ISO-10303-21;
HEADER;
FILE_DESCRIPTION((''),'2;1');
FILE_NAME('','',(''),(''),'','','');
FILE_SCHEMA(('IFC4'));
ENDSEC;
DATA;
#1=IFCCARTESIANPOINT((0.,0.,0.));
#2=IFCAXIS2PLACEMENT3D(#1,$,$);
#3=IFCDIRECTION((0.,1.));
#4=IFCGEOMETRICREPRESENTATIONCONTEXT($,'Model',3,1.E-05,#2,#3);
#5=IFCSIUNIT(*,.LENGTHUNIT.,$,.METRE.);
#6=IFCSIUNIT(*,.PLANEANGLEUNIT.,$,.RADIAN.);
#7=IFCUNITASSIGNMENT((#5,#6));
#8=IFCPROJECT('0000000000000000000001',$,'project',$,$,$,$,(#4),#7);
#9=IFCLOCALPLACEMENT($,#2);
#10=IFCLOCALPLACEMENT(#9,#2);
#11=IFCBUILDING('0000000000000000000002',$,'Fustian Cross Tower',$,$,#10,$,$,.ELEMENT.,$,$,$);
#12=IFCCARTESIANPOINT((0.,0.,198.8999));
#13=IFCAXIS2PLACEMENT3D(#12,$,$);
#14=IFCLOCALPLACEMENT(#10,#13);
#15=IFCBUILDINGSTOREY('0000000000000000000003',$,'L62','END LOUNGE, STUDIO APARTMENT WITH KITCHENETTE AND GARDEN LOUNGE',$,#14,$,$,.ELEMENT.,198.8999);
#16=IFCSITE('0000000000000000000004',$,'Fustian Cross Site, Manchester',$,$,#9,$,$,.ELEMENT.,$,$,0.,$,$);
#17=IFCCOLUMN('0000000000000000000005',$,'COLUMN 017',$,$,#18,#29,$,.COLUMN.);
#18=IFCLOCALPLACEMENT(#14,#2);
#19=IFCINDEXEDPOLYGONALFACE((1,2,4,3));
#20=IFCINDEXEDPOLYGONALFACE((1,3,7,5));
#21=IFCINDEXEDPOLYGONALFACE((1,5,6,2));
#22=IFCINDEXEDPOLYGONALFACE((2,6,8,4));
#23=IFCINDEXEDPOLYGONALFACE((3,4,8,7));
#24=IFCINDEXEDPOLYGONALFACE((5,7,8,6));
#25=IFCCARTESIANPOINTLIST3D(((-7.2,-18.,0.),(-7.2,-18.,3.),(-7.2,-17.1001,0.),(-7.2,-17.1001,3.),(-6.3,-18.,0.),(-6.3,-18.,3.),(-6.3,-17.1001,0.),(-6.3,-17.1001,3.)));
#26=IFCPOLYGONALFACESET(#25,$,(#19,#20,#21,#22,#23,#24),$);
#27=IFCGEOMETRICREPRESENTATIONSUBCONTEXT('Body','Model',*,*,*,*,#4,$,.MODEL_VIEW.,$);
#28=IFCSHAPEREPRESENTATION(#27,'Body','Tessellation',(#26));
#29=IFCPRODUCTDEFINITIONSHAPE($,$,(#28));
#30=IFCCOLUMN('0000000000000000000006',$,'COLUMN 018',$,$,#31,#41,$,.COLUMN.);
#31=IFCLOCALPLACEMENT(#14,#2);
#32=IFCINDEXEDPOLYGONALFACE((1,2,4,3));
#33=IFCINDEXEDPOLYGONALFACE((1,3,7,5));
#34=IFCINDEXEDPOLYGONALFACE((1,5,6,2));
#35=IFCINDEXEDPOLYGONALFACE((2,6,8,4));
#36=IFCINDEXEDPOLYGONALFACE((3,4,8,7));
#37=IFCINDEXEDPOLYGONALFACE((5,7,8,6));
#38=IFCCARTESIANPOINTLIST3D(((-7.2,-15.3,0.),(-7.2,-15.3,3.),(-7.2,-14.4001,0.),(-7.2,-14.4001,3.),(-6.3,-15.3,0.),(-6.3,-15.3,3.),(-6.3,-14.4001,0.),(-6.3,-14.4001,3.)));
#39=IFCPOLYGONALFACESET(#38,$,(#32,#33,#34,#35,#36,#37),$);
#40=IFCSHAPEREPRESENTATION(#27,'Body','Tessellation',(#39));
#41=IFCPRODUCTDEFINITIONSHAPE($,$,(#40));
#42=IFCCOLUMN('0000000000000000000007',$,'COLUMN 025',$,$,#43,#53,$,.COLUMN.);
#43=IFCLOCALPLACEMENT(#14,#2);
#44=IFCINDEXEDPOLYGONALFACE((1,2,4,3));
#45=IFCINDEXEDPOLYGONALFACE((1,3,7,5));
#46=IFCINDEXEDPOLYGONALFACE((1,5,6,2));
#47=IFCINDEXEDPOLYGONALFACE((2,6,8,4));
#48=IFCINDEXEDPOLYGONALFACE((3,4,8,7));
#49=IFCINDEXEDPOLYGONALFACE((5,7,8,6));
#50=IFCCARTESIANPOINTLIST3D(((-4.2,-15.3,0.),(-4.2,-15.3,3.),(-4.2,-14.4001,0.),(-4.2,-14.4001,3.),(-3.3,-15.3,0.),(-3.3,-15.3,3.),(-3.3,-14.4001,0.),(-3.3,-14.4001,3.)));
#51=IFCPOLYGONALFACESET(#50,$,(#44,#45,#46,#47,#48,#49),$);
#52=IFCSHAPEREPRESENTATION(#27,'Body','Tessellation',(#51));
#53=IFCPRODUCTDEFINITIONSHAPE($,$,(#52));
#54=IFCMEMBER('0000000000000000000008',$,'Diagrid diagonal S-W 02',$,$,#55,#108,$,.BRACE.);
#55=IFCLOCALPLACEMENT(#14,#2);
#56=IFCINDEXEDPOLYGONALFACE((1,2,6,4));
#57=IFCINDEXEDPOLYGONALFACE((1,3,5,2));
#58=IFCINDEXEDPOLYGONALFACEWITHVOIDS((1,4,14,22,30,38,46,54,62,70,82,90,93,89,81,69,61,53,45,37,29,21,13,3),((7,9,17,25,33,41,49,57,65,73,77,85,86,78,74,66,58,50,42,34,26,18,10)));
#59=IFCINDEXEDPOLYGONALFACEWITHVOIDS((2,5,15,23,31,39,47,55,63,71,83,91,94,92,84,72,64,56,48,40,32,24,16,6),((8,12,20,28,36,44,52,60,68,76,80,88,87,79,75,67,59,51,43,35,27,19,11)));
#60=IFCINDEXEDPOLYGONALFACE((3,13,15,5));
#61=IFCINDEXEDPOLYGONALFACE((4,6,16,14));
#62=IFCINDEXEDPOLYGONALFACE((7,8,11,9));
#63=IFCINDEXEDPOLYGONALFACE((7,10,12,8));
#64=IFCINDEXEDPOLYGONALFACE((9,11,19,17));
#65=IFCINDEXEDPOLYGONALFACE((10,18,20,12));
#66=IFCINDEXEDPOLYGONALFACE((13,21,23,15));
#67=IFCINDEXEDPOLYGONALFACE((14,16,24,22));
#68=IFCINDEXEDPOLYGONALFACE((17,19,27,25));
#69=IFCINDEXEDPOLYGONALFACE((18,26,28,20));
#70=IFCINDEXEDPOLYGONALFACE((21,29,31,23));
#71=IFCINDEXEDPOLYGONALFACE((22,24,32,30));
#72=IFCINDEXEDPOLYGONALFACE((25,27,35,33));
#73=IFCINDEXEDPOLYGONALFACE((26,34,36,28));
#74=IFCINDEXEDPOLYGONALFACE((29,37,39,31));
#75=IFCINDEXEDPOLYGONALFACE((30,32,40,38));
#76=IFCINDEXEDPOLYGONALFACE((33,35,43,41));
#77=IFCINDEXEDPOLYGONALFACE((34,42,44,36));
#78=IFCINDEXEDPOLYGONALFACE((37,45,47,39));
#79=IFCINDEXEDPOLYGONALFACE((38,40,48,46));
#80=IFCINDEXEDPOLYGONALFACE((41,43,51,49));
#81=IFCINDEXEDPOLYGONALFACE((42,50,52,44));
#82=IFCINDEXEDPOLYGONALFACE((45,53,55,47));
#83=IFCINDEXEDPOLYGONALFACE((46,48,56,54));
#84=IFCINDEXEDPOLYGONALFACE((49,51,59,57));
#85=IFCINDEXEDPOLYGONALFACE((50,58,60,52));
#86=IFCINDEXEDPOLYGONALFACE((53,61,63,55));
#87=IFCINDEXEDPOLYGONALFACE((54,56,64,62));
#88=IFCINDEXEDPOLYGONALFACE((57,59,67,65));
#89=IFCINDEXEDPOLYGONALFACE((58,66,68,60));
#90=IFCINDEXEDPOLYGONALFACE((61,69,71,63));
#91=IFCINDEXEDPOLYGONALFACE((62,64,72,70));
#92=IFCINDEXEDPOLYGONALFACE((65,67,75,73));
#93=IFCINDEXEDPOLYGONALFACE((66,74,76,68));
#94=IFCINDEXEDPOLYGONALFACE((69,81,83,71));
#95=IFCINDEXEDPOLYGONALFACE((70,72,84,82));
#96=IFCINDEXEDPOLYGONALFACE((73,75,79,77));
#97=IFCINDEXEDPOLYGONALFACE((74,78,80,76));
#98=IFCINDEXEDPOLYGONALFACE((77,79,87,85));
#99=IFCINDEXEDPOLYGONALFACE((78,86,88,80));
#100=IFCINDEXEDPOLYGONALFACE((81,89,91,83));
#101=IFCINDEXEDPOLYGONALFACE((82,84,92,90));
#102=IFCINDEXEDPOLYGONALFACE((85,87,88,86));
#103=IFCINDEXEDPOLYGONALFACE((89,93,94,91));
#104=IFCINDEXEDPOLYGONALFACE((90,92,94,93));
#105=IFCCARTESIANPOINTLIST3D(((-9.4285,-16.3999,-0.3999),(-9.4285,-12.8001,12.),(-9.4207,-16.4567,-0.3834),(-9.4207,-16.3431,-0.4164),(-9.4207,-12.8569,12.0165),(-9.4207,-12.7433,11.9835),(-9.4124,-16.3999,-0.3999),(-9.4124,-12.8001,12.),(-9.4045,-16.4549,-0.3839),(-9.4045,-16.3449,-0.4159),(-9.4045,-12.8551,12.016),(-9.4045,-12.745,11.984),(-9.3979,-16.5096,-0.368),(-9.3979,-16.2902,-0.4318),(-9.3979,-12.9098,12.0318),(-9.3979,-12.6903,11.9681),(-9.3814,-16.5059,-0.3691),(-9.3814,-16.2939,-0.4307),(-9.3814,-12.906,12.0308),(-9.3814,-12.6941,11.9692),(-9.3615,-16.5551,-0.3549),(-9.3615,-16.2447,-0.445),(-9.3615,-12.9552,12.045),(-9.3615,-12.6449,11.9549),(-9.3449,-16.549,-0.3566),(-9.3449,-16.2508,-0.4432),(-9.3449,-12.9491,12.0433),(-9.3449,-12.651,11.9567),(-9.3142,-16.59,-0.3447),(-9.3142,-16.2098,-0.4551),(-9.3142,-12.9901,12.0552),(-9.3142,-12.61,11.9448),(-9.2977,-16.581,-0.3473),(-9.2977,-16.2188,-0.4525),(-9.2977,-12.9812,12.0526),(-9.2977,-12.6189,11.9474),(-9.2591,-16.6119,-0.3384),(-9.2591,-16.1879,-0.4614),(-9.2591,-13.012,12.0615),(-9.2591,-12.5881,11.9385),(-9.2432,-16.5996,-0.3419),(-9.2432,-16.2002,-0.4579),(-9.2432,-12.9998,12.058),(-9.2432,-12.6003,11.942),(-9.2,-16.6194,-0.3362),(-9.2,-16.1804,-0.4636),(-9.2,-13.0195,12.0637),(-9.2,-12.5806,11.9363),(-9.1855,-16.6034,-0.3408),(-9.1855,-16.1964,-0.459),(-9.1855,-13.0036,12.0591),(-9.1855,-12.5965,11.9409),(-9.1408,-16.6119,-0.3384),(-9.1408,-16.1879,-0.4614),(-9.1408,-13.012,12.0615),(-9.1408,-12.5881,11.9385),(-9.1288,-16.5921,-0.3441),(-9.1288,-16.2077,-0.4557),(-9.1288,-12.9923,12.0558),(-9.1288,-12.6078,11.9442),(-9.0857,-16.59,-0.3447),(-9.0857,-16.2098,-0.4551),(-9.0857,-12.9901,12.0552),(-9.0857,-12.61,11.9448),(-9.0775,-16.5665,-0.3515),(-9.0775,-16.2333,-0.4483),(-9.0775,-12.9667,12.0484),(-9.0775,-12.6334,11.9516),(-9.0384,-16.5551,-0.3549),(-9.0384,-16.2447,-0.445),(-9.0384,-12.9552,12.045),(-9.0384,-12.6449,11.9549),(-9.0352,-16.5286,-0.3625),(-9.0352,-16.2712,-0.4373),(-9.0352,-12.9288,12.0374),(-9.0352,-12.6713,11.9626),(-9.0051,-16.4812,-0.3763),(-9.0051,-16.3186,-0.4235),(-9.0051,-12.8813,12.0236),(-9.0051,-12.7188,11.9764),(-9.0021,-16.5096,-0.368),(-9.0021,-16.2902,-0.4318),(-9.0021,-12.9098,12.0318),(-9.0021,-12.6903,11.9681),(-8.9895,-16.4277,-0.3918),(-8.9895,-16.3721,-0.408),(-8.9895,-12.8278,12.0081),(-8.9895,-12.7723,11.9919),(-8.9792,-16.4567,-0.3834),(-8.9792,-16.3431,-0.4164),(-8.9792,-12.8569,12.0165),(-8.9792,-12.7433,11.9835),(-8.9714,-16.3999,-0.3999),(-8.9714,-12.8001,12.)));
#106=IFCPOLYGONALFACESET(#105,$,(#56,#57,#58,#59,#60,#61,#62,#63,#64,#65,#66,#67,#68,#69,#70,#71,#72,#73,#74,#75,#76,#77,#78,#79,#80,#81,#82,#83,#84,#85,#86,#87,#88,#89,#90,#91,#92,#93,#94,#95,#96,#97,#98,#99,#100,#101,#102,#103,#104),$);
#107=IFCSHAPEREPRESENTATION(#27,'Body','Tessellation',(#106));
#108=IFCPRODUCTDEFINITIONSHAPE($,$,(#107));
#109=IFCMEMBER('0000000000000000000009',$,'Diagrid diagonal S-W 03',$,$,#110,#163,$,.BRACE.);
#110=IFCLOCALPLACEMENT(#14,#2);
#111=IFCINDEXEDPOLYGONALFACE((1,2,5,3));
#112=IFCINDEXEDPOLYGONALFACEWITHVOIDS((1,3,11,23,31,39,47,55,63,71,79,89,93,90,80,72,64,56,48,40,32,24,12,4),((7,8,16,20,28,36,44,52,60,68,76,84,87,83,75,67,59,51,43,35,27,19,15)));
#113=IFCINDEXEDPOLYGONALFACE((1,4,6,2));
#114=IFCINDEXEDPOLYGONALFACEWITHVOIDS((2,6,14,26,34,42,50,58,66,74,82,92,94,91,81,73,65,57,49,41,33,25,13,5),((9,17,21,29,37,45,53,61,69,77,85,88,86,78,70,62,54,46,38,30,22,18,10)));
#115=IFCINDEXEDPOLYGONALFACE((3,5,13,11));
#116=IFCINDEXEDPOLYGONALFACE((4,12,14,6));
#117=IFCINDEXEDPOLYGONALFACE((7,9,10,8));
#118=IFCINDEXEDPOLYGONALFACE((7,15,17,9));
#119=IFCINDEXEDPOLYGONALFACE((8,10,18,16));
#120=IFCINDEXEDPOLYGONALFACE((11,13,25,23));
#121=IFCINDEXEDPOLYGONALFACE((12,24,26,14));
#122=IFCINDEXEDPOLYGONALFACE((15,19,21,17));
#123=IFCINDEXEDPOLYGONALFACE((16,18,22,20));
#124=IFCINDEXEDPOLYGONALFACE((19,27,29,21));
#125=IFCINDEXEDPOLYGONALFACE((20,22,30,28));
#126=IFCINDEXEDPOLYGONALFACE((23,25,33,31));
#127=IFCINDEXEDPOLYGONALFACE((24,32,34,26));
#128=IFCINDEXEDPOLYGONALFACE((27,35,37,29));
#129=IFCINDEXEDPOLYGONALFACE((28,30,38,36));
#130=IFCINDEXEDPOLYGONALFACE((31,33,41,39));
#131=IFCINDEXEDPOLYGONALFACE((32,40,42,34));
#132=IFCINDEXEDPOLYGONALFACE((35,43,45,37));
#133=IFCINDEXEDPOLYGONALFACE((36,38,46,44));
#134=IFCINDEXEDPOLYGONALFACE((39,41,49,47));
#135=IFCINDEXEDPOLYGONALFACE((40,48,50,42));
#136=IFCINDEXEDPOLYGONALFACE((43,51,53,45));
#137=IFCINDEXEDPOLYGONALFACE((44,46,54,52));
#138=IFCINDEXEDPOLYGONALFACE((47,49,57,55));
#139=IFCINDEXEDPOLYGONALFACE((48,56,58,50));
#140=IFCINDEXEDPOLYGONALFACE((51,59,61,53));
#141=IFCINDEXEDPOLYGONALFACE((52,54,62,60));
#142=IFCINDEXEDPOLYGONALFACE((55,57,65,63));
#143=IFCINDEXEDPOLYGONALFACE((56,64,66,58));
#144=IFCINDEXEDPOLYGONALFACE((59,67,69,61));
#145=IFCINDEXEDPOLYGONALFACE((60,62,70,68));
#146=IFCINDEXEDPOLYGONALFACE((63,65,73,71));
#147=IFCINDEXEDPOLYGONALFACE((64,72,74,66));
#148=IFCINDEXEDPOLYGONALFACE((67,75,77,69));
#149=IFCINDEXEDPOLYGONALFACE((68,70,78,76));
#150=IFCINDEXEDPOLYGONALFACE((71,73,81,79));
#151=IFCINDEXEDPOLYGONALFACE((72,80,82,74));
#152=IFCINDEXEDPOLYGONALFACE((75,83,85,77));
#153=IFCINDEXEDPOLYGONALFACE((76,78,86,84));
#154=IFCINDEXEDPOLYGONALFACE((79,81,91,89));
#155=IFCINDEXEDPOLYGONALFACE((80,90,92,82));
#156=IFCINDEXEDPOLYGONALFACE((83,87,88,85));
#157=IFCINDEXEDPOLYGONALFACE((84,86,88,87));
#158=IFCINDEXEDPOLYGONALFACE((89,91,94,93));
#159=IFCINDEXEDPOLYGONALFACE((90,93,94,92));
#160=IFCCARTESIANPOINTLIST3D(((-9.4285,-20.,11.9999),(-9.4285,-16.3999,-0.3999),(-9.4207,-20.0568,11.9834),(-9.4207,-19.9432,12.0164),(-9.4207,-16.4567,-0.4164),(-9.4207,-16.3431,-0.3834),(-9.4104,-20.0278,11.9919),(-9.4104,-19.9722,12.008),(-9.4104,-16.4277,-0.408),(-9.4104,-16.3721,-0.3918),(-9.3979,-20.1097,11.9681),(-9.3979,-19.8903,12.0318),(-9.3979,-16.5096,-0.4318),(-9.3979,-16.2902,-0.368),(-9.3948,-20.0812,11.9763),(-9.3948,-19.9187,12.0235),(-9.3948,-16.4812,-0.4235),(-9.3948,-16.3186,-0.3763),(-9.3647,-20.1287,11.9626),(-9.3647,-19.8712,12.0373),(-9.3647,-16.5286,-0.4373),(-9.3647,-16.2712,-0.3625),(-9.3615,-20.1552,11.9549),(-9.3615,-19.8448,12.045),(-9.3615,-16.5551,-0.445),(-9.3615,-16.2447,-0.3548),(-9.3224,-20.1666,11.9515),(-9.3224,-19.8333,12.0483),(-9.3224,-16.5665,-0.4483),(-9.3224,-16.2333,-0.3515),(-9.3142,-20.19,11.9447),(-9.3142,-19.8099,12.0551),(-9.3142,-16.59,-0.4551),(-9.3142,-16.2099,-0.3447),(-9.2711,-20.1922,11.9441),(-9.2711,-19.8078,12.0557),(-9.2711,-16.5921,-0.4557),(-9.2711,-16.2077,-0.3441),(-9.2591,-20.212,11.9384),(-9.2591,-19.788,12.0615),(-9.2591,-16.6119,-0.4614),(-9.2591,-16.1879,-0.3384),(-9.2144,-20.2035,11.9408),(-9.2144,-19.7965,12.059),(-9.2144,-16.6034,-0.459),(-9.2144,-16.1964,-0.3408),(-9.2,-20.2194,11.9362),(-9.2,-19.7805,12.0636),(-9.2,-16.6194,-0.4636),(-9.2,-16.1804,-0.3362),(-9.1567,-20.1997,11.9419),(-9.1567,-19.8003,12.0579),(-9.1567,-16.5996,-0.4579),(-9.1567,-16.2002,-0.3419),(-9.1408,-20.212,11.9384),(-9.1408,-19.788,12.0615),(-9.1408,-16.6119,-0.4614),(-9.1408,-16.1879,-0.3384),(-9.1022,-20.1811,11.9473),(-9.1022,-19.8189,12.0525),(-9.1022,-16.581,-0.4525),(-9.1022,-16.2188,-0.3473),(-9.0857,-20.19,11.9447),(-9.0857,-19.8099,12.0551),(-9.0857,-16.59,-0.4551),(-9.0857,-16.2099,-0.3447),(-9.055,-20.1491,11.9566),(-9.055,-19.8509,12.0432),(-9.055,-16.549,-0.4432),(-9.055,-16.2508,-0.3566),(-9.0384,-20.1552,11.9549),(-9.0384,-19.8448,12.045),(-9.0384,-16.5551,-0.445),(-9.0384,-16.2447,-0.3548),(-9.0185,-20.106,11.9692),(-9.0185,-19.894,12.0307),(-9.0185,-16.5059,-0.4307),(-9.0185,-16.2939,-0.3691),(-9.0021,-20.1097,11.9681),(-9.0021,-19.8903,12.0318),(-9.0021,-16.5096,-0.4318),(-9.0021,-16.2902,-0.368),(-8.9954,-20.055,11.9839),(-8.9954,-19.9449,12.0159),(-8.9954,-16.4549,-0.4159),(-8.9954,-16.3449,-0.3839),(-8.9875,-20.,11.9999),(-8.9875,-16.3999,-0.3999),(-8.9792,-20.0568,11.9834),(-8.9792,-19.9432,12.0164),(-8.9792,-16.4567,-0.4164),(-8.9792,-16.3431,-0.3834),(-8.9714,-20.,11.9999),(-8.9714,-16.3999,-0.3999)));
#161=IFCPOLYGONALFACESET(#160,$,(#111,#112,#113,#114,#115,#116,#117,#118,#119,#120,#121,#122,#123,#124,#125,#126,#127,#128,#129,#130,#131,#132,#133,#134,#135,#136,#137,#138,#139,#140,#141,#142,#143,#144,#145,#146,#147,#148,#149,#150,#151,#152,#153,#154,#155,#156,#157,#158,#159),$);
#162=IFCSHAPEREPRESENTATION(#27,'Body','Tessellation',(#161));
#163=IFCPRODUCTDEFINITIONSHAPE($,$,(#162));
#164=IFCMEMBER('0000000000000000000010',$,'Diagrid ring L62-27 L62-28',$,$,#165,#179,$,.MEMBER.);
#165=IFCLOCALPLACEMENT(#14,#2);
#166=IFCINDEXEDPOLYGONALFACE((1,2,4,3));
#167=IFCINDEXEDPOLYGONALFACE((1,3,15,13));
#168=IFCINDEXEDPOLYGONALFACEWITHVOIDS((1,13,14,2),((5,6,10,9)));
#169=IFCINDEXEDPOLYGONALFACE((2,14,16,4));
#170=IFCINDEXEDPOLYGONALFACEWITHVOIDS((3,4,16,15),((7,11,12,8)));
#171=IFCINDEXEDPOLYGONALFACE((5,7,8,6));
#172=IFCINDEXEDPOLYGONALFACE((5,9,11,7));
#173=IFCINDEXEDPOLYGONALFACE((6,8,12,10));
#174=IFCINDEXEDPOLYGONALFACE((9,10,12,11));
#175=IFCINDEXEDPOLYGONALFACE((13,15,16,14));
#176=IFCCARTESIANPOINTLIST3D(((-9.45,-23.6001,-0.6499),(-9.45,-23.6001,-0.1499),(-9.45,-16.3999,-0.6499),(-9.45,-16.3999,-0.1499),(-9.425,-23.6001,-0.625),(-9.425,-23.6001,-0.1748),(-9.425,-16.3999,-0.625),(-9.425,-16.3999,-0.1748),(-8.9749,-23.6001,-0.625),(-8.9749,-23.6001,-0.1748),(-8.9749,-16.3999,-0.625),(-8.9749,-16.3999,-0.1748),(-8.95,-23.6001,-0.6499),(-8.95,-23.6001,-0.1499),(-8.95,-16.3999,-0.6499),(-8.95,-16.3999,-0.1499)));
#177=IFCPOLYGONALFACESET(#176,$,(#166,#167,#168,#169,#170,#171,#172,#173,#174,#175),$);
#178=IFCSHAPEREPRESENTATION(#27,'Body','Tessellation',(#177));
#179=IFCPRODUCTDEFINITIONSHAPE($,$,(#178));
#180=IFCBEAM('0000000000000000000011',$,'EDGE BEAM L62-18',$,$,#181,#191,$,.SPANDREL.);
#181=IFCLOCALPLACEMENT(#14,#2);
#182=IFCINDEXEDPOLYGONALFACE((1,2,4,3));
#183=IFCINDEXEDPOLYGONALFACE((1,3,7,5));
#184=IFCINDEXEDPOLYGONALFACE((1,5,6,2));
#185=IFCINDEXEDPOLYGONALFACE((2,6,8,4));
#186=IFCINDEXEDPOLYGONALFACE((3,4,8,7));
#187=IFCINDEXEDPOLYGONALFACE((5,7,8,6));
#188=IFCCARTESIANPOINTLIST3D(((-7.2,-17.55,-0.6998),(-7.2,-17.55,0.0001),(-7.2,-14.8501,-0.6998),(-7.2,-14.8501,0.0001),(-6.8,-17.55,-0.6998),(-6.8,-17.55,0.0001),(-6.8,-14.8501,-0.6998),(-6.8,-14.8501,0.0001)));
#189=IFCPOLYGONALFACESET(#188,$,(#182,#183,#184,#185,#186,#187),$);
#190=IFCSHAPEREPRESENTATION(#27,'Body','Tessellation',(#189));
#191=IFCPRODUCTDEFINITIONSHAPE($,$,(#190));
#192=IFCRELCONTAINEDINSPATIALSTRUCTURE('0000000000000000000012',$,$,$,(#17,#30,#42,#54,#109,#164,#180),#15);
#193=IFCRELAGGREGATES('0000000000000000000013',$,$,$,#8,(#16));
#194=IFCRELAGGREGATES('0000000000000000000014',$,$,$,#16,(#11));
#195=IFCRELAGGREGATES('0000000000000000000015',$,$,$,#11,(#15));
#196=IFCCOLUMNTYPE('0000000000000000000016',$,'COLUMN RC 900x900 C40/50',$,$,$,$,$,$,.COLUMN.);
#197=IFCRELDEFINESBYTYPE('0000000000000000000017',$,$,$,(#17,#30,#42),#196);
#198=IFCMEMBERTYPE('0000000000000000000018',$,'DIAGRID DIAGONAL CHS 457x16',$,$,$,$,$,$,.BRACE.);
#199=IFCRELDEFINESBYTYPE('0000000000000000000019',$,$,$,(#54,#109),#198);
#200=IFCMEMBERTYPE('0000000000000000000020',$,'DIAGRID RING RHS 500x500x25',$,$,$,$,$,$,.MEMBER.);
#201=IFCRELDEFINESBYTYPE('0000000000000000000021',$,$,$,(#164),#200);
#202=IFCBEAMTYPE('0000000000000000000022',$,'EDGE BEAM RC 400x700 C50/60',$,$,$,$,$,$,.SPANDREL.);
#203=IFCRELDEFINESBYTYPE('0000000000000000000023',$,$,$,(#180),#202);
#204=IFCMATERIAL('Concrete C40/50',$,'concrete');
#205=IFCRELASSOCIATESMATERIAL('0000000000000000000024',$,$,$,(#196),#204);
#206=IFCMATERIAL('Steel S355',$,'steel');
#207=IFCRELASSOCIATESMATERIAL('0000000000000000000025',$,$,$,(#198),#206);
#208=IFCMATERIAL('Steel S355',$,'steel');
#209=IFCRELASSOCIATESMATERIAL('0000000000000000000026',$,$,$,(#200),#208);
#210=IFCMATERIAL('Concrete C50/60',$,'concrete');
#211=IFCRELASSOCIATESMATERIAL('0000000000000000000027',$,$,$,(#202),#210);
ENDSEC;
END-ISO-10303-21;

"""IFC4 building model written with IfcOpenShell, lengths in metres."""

from ifc_helpers import new_model, si_unit, direction, frame, origin, origin_2d, place, context, subcontext, project, spatial, rectangle, hollow_rectangle, hollow_circle, extrude, material, material_profile, profile_set, type_object, element, save


model = new_model("IFC4")

# Units and contexts
model_context = context("Model", 3, precision=1e-05, world=origin(), true_north=direction((0.0, 1.0)))
body_context = subcontext(model_context, "Body", "Model", "MODEL_VIEW")
ifc_project = project(units=[si_unit("LENGTHUNIT", "METRE"), si_unit("PLANEANGLEUNIT", "RADIAN")], contexts=[model_context])

# Site, building, storey
site_placement = place(None, origin())
site = spatial("IfcSite", under=ifc_project, at=site_placement, Name="Fustian Cross Site, Manchester", CompositionType="ELEMENT", RefElevation=0.0)
building_placement = place(site_placement, origin())
building = spatial("IfcBuilding", under=site, at=building_placement, Name="Fustian Cross Tower", CompositionType="ELEMENT")
storey_placement = place(building_placement, frame((0.0, 0.0, 198.8999)))
storey = spatial("IfcBuildingStorey", under=building, at=storey_placement, Name="L62", Description="END LOUNGE, STUDIO APARTMENT WITH KITCHENETTE AND GARDEN LOUNGE", CompositionType="ELEMENT", Elevation=198.8999)

# Columns
ifc_material_1 = material(Name="Concrete C40/50", Category="concrete")
ifc_material_profile_1 = material_profile(ifc_material_1, rectangle(XDim=0.8999, YDim=0.8999, at=origin_2d()), Name="RC 900x900")
ifc_profile_set_1 = profile_set([ifc_material_profile_1], Name="Concrete C40/50")
column_type = type_object("IfcColumnType", Name="COLUMN RC 900x900 C40/50", PredefinedType="COLUMN", material=ifc_profile_set_1)
for number, where, z_axis, x_axis, name in (
    (1, (-6.75, -17.55, 0.0), (0.0, 0.0, 1.0), (1.0, 0.0, 0.0), "COLUMN 017"),
    (2, (-6.75, -14.8501, 0.0), (0.0, 0.0, 1.0), (1.0, 0.0, 0.0), "COLUMN 018"),
    (3, (-3.75, -14.8501, 0.0), (0.0, 0.0, 1.0), (1.0, 0.0, 0.0), "COLUMN 025"),
):
    element("IfcColumn", number, at=place(storey_placement, frame(where, z_axis=z_axis, x_axis=x_axis)), inside=storey, type_object=column_type, Name=name, PredefinedType="COLUMN", context=body_context, shape_type="SweptSolid", body=[
        extrude(rectangle(XDim=0.8999, YDim=0.8999, at=origin_2d()), origin(), (0.0, 0.0, 1.0), 3.0),
    ])

# Members
ifc_material_2 = material(Name="Steel S355", Category="steel")
ifc_material_profile_2 = material_profile(ifc_material_2, hollow_circle(Radius=0.2285, WallThickness=0.0161, at=origin_2d()), Name="CHS 457x16")
ifc_profile_set_2 = profile_set([ifc_material_profile_2], Name="Steel S355")
member_type_1 = type_object("IfcMemberType", Name="DIAGRID DIAGONAL CHS 457x16", PredefinedType="BRACE", material=ifc_profile_set_2)
for number, where, z_axis, x_axis, name in (
    (4, (-9.2, -16.3999, -0.3999), (0.0, 0.278802, 0.960349), (-1.0, 0.0, 0.0), "Diagrid diagonal S-W 02"),
    (5, (-9.2, -16.3999, -0.3999), (0.0, -0.278819, 0.960344), (1.0, 0.0, 0.0), "Diagrid diagonal S-W 03"),
):
    element("IfcMember", number, at=place(storey_placement, frame(where, z_axis=z_axis, x_axis=x_axis)), inside=storey, type_object=member_type_1, Name=name, PredefinedType="BRACE", context=body_context, shape_type="SweptSolid", body=[
        extrude(hollow_circle(Radius=0.2285, WallThickness=0.0161, at=origin_2d()), origin(), (0.0, 0.0, 1.0), 12.9119),
    ])
ifc_material_3 = material(Name="Steel S355", Category="steel")
ifc_material_profile_3 = material_profile(ifc_material_3, hollow_rectangle(XDim=0.5, YDim=0.5, WallThickness=0.0249, at=origin_2d()), Name="RHS 500x500x25")
ifc_profile_set_3 = profile_set([ifc_material_profile_3], Name="Steel S355")
member_type_2 = type_object("IfcMemberType", Name="DIAGRID RING RHS 500x500x25", PredefinedType="MEMBER", material=ifc_profile_set_3)
member_placement = place(storey_placement, frame((-9.2, -16.3999, -0.3999), z_axis=(0.0, -1.0, 0.0), x_axis=(1.0, 0.0, 0.0)))
element("IfcMember", 6, at=member_placement, inside=storey, type_object=member_type_2, Name="Diagrid ring L62-27 L62-28", PredefinedType="MEMBER", context=body_context, shape_type="SweptSolid", body=[
    extrude(hollow_rectangle(XDim=0.5, YDim=0.5, WallThickness=0.0249, at=origin_2d()), origin(), (0.0, 0.0, 1.0), 7.2002),
])

# Beam
ifc_material_4 = material(Name="Concrete C50/60", Category="concrete")
ifc_material_profile_4 = material_profile(ifc_material_4, rectangle(XDim=0.3999, YDim=0.7, at=origin_2d()), Name="RC 400x700")
ifc_profile_set_4 = profile_set([ifc_material_profile_4], Name="Concrete C50/60")
beam_type = type_object("IfcBeamType", Name="EDGE BEAM RC 400x700 C50/60", PredefinedType="SPANDREL", material=ifc_profile_set_4)
beam_placement = place(storey_placement, frame((-7.0, -14.8501, -0.3499), z_axis=(0.0, -1.0, 0.0), x_axis=(1.0, 0.0, 0.0)))
element("IfcBeam", 7, at=beam_placement, inside=storey, type_object=beam_type, Name="EDGE BEAM L62-18", PredefinedType="SPANDREL", context=body_context, shape_type="SweptSolid", body=[
    extrude(rectangle(XDim=0.3999, YDim=0.7, at=origin_2d()), origin(), (0.0, 0.0, 1.0), 2.7),
])

save(model, "model.ifc")
